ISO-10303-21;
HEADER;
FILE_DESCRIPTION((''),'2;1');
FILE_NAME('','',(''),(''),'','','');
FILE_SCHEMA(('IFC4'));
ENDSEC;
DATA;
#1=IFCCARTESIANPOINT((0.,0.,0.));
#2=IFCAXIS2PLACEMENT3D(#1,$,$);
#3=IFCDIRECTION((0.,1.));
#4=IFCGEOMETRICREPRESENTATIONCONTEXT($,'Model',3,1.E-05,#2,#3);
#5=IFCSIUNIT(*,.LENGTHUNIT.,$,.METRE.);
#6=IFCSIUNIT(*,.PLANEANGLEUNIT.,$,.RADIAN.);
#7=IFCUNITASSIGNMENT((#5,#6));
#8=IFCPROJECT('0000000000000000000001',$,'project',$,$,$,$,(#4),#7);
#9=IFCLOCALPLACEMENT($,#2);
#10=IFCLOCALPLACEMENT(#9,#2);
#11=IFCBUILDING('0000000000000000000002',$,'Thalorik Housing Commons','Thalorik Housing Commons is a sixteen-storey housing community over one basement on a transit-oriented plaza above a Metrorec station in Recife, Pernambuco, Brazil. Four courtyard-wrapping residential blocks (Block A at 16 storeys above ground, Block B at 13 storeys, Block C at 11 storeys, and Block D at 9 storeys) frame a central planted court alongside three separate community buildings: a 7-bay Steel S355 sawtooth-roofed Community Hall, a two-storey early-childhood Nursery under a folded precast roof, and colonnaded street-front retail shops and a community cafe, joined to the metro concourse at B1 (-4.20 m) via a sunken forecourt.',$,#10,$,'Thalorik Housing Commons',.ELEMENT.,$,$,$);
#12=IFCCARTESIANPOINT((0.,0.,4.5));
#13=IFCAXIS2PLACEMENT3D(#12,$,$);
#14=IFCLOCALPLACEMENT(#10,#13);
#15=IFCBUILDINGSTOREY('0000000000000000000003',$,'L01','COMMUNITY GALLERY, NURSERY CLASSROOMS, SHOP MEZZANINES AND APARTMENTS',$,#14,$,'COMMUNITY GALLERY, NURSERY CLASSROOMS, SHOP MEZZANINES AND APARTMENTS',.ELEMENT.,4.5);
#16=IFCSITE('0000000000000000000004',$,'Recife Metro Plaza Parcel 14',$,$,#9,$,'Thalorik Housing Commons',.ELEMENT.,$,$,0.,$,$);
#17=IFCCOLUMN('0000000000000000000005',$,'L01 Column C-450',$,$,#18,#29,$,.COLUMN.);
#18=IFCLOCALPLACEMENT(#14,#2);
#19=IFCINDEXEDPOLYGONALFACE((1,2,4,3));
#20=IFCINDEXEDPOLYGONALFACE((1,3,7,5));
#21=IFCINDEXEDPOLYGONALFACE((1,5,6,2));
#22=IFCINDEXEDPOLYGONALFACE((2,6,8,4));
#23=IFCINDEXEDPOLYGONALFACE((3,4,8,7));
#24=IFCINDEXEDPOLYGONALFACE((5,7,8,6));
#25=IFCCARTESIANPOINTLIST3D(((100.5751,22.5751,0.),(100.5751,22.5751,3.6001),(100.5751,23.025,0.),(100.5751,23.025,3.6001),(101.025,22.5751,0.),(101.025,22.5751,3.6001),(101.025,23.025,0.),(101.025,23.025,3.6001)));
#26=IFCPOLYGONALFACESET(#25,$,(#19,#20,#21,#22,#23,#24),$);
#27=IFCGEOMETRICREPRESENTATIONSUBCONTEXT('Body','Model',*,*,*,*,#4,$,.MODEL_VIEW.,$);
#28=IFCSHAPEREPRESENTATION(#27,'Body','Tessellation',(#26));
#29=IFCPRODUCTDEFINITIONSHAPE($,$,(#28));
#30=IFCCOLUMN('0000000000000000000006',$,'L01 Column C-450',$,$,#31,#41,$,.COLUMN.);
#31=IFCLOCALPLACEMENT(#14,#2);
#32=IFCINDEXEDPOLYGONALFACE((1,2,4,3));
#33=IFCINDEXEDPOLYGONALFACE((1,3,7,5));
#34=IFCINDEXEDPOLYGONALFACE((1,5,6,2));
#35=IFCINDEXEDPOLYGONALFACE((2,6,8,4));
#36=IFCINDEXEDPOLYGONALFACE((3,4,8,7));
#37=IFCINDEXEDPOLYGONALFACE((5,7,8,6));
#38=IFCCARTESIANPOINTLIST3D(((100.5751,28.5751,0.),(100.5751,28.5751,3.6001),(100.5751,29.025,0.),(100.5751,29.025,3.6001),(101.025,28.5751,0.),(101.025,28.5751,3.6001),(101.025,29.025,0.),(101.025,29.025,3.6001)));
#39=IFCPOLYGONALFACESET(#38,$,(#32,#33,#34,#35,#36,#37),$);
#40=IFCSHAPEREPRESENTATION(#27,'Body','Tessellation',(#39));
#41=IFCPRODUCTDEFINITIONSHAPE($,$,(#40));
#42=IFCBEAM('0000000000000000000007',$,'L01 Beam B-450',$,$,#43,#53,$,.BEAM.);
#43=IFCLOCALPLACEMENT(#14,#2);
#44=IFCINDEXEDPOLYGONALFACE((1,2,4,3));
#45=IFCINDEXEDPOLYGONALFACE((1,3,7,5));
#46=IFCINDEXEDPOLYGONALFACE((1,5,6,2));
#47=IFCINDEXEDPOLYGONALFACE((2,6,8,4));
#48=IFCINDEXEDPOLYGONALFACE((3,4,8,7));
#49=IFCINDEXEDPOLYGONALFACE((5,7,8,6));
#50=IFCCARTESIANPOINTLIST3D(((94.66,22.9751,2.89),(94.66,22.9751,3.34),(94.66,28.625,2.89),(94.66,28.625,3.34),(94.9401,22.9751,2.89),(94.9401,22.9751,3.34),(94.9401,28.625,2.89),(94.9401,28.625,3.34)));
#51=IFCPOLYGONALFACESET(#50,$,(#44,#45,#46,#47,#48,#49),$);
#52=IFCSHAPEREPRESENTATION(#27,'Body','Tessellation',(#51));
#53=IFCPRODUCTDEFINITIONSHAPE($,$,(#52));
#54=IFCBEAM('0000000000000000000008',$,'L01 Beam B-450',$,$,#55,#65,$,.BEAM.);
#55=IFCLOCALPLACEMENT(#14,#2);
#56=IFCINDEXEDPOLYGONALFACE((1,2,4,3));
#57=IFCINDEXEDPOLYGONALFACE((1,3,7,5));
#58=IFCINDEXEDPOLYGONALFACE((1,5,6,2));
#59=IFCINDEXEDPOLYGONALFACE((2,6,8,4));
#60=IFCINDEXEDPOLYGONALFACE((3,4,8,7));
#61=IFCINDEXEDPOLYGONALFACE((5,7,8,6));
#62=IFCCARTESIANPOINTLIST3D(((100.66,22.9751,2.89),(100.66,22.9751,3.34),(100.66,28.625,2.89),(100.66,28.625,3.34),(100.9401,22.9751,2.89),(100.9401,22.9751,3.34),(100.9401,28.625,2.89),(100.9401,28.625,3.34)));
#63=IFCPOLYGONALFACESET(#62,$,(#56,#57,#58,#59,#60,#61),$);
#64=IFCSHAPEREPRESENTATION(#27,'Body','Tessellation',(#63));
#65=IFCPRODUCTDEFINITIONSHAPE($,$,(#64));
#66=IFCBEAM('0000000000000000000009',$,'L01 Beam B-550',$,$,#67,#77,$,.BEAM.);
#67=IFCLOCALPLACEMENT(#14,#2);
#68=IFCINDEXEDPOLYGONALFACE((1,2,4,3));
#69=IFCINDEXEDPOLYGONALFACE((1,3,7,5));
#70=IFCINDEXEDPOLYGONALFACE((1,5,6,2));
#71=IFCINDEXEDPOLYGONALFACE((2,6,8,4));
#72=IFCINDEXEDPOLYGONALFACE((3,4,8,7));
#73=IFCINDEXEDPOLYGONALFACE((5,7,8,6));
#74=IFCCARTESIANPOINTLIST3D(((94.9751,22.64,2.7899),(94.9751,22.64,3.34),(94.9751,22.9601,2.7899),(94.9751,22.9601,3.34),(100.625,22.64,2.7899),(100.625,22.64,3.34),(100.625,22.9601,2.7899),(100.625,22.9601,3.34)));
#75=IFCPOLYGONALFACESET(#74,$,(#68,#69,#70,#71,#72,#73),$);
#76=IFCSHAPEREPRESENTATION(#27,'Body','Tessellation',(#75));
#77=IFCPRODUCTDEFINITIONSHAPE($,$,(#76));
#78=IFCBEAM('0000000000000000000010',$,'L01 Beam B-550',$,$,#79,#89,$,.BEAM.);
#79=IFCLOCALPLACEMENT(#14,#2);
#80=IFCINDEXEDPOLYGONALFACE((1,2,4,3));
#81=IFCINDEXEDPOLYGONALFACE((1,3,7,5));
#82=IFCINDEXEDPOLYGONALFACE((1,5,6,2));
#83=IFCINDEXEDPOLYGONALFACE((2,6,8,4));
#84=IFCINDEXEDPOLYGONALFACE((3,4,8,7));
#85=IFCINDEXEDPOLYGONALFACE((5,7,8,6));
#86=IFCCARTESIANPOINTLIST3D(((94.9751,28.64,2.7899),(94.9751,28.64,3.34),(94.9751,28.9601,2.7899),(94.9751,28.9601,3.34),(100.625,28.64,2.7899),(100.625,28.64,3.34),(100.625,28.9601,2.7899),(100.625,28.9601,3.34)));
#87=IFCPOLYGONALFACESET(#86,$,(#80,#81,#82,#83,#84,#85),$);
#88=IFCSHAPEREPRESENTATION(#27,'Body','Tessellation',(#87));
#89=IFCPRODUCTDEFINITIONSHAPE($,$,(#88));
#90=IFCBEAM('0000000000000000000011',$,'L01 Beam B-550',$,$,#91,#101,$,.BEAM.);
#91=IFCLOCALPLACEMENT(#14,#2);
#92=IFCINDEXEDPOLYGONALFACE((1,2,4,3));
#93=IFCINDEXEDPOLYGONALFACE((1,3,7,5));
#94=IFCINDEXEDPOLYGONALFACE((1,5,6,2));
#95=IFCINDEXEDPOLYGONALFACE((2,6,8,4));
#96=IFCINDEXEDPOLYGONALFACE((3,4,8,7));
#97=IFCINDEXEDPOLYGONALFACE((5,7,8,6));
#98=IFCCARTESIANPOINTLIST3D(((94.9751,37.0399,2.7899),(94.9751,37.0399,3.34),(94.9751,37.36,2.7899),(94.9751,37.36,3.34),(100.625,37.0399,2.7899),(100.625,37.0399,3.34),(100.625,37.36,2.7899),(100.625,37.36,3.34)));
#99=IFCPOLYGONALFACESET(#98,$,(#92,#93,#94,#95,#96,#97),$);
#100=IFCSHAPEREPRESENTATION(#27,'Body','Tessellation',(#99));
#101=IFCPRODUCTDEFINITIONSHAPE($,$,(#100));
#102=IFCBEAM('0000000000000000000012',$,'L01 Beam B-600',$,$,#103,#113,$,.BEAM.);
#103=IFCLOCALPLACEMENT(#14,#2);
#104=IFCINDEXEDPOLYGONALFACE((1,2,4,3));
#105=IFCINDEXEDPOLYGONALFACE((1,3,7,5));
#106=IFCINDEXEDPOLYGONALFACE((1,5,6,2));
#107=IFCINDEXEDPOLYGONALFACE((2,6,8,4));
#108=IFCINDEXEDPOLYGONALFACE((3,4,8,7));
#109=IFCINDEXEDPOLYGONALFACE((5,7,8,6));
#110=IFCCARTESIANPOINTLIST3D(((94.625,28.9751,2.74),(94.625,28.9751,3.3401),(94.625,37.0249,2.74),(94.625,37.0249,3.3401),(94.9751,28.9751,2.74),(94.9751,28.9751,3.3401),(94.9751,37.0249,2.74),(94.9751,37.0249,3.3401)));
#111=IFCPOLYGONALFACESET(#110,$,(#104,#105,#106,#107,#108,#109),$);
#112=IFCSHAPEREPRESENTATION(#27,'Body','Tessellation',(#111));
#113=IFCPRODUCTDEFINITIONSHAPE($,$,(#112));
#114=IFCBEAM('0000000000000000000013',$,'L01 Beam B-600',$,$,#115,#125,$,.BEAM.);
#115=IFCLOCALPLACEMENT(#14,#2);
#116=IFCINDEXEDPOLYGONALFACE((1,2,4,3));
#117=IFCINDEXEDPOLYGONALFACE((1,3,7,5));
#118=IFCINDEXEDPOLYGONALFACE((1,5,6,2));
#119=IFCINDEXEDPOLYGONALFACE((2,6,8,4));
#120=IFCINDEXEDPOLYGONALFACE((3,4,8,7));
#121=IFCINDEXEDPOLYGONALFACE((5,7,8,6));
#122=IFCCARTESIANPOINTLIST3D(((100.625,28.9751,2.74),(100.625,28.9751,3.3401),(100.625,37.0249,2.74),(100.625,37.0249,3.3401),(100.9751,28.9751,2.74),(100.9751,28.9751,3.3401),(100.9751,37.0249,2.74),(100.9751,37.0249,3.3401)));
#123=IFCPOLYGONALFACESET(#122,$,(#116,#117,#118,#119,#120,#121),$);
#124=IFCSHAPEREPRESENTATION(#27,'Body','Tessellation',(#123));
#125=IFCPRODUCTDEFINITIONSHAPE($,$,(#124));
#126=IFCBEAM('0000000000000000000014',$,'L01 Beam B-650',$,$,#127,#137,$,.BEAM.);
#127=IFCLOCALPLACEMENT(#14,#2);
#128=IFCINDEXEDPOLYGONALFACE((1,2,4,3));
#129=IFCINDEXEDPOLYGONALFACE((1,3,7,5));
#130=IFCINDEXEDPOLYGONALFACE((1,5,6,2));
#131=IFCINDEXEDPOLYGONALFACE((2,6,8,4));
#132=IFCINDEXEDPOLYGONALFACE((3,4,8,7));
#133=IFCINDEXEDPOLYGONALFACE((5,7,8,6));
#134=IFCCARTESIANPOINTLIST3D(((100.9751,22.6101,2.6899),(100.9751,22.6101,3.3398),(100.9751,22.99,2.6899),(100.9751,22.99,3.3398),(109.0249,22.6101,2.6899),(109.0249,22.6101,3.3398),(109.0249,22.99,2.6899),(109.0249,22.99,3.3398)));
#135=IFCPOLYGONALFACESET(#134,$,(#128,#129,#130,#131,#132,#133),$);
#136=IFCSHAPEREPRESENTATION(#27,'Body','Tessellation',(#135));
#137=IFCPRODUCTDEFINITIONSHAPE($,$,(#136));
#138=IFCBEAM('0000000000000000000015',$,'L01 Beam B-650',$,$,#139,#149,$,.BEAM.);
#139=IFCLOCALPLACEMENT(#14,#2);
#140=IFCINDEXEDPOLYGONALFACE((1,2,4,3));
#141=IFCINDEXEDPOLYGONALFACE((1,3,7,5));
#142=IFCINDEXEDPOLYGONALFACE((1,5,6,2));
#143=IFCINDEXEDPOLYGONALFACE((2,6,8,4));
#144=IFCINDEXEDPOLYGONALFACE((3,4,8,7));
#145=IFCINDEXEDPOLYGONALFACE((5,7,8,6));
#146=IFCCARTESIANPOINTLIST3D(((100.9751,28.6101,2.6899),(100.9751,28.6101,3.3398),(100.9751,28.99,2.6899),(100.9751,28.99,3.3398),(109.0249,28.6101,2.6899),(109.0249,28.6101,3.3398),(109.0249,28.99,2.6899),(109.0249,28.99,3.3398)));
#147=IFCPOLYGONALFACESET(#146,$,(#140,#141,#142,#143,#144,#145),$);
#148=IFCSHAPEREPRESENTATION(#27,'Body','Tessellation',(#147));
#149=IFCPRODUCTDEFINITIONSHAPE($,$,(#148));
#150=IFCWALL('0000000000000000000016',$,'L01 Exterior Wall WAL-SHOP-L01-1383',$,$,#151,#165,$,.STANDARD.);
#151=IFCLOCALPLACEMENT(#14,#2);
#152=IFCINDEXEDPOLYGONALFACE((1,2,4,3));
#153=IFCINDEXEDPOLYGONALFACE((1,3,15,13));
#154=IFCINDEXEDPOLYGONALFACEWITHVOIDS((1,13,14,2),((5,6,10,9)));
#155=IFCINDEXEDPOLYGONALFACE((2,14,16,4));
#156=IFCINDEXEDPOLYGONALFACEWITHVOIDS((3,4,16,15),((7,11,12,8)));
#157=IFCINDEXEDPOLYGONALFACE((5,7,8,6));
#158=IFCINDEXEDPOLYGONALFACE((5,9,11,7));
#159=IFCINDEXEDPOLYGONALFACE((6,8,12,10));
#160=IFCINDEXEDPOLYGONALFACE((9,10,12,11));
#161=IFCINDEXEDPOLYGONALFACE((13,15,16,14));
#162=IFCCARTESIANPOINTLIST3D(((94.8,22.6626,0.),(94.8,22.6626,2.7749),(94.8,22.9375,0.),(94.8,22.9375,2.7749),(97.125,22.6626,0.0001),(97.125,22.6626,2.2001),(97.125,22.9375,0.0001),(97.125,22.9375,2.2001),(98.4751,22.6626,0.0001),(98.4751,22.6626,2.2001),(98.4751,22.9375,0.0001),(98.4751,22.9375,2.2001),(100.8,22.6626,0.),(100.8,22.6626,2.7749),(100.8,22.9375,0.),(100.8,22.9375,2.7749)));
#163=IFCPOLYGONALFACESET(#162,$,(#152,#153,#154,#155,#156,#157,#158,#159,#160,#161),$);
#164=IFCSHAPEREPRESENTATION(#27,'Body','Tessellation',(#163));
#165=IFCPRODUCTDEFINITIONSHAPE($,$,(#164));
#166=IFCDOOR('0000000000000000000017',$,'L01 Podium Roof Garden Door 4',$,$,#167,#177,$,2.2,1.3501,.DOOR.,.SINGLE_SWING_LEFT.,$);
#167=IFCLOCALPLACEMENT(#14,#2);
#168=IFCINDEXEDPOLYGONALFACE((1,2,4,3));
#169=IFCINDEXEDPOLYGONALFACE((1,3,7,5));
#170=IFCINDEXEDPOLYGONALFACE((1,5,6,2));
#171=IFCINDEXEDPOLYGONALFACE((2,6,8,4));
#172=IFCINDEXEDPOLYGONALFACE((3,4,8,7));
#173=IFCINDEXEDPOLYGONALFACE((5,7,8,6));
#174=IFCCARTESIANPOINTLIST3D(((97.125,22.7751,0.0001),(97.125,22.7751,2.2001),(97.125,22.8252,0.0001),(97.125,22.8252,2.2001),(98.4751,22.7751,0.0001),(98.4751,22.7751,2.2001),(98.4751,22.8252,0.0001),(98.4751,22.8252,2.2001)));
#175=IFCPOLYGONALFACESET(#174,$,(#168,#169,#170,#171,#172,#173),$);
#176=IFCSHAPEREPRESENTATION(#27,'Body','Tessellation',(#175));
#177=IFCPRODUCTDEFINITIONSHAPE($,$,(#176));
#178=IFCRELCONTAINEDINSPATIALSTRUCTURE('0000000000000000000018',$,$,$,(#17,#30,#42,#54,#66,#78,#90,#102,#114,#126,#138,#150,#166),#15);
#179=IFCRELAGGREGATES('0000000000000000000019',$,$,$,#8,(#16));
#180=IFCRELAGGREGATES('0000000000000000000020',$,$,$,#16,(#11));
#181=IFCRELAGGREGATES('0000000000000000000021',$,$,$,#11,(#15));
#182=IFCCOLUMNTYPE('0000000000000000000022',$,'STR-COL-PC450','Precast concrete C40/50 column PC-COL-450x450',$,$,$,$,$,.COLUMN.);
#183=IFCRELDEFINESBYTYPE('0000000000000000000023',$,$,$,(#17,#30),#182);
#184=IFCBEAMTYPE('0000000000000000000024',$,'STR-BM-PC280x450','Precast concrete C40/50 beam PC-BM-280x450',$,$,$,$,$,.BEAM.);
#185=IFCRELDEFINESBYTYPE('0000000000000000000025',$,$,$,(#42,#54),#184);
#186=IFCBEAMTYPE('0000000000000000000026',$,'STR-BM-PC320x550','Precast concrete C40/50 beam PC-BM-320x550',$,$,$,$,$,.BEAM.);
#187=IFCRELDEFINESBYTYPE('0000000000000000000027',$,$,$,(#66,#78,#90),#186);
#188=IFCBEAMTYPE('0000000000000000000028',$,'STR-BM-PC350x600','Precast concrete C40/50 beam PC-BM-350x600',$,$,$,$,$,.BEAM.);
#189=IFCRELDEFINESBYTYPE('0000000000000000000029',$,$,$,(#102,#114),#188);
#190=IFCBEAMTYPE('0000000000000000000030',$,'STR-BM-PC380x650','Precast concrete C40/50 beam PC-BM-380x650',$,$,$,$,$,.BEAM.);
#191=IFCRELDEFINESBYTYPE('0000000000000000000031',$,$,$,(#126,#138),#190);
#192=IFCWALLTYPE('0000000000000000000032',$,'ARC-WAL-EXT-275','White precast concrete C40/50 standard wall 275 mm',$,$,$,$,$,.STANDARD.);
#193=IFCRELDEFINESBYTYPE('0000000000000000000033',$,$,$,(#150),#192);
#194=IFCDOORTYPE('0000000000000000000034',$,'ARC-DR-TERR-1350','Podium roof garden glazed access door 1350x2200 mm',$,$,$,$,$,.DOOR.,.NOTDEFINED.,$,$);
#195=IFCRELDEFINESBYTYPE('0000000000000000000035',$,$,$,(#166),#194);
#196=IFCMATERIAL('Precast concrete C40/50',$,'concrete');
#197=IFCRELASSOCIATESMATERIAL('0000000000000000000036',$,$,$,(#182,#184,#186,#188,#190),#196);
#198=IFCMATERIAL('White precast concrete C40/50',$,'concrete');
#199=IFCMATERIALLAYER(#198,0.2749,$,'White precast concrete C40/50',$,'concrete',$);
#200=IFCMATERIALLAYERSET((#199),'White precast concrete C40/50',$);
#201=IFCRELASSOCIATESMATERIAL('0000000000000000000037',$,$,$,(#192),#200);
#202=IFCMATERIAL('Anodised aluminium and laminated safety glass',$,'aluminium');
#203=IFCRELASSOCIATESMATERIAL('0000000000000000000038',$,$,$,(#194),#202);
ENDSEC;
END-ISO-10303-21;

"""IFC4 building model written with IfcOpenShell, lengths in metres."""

from ifc_helpers import new_model, si_unit, direction, frame, frame_2d, origin, origin_2d, place, context, subcontext, project, spatial, rectangle, extrude, material, layer, layer_set, material_profile, profile_set, type_object, element, fill, save


model = new_model("IFC4")

# Units and contexts
model_context = context("Model", 3, precision=1e-05, world=origin(), true_north=direction((0.0, 1.0)))
body_context = subcontext(model_context, "Body", "Model", "MODEL_VIEW")
ifc_project = project(units=[si_unit("LENGTHUNIT", "METRE"), si_unit("PLANEANGLEUNIT", "RADIAN")], contexts=[model_context])

# Site, building, storey
site_placement = place(None, origin())
site = spatial("IfcSite", under=ifc_project, at=site_placement, Name="Recife Metro Plaza Parcel 14", LongName="Thalorik Housing Commons", CompositionType="ELEMENT", RefElevation=0.0)
building_placement = place(site_placement, origin())
building = spatial("IfcBuilding", under=site, at=building_placement, Name="Thalorik Housing Commons", Description="Thalorik Housing Commons is a sixteen-storey housing community over one basement on a transit-oriented plaza above a Metrorec station in Recife, Pernambuco, Brazil. Four courtyard-wrapping residential blocks (Block A at 16 storeys above ground, Block B at 13 storeys, Block C at 11 storeys, and Block D at 9 storeys) frame a central planted court alongside three separate community buildings: a 7-bay Steel S355 sawtooth-roofed Community Hall, a two-storey early-childhood Nursery under a folded precast roof, and colonnaded street-front retail shops and a community cafe, joined to the metro concourse at B1 (-4.20 m) via a sunken forecourt.", LongName="Thalorik Housing Commons", CompositionType="ELEMENT")
storey_placement = place(building_placement, frame((0.0, 0.0, 4.5)))
storey = spatial("IfcBuildingStorey", under=building, at=storey_placement, Name="L01", Description="COMMUNITY GALLERY, NURSERY CLASSROOMS, SHOP MEZZANINES AND APARTMENTS", LongName="COMMUNITY GALLERY, NURSERY CLASSROOMS, SHOP MEZZANINES AND APARTMENTS", CompositionType="ELEMENT", Elevation=4.5)

# Columns
ifc_material_1 = material(Name="Precast concrete C40/50", Category="concrete")
ifc_material_profile_1 = material_profile(ifc_material_1, rectangle(XDim=0.45, YDim=0.45, at=origin_2d()), Name="PC 450x450", Category="concrete")
ifc_profile_set_1 = profile_set([ifc_material_profile_1], Name="Precast concrete C40/50")
column_type = type_object("IfcColumnType", Name="STR-COL-PC450", Description="Precast concrete C40/50 column PC-COL-450x450", PredefinedType="COLUMN", material=ifc_profile_set_1)
for number, where, z_axis, x_axis, name in (
    (1, (100.8, 22.8, 0.0), (0.0, 0.0, 1.0), (1.0, 0.0, 0.0), "L01 Column C-450"),
    (2, (100.8, 28.8, 0.0), (0.0, 0.0, 1.0), (1.0, 0.0, 0.0), "L01 Column C-450"),
):
    element("IfcColumn", number, at=place(storey_placement, frame(where, z_axis=z_axis, x_axis=x_axis)), inside=storey, type_object=column_type, Name=name, PredefinedType="COLUMN", context=body_context, shape_type="SweptSolid", body=[
        extrude(rectangle(XDim=0.45, YDim=0.45, at=origin_2d()), origin(), (0.0, 0.0, 1.0), 3.6001),
    ])

# Beams
ifc_material_profile_2 = material_profile(ifc_material_1, rectangle(XDim=0.28, YDim=0.45, at=origin_2d()), Name="PC 280x450", Category="concrete")
ifc_profile_set_2 = profile_set([ifc_material_profile_2], Name="Precast concrete C40/50")
beam_type_1 = type_object("IfcBeamType", Name="STR-BM-PC280x450", Description="Precast concrete C40/50 beam PC-BM-280x450", PredefinedType="BEAM", material=ifc_profile_set_2)
for number, where, z_axis, x_axis, name in (
    (3, (94.8, 22.9751, 3.115), (0.0, 1.0, 0.0), (-1.0, 0.0, 0.0), "L01 Beam B-450"),
    (4, (100.8, 22.9751, 3.115), (0.0, 1.0, 0.0), (-1.0, 0.0, 0.0), "L01 Beam B-450"),
):
    element("IfcBeam", number, at=place(storey_placement, frame(where, z_axis=z_axis, x_axis=x_axis)), inside=storey, type_object=beam_type_1, Name=name, PredefinedType="BEAM", context=body_context, shape_type="SweptSolid", body=[
        extrude(rectangle(XDim=0.28, YDim=0.45, at=origin_2d()), origin(), (0.0, 0.0, 1.0), 5.6499),
    ])
ifc_material_profile_3 = material_profile(ifc_material_1, rectangle(XDim=0.3201, YDim=0.55, at=origin_2d()), Name="PC 320x550", Category="concrete")
ifc_profile_set_3 = profile_set([ifc_material_profile_3], Name="Precast concrete C40/50")
beam_type_2 = type_object("IfcBeamType", Name="STR-BM-PC320x550", Description="Precast concrete C40/50 beam PC-BM-320x550", PredefinedType="BEAM", material=ifc_profile_set_3)
for number, where, z_axis, x_axis, name in (
    (5, (94.9751, 22.8, 3.0649), (1.0, 0.0, 0.0), (0.0, 1.0, 0.0), "L01 Beam B-550"),
    (6, (94.9751, 28.8, 3.0649), (1.0, 0.0, 0.0), (0.0, 1.0, 0.0), "L01 Beam B-550"),
    (7, (94.9751, 37.2, 3.0649), (1.0, 0.0, 0.0), (0.0, 1.0, 0.0), "L01 Beam B-550"),
):
    element("IfcBeam", number, at=place(storey_placement, frame(where, z_axis=z_axis, x_axis=x_axis)), inside=storey, type_object=beam_type_2, Name=name, PredefinedType="BEAM", context=body_context, shape_type="SweptSolid", body=[
        extrude(rectangle(XDim=0.3201, YDim=0.55, at=origin_2d()), origin(), (0.0, 0.0, 1.0), 5.6499),
    ])
ifc_material_profile_4 = material_profile(ifc_material_1, rectangle(XDim=0.3501, YDim=0.6001, at=origin_2d()), Name="PC 350x600", Category="concrete")
ifc_profile_set_4 = profile_set([ifc_material_profile_4], Name="Precast concrete C40/50")
beam_type_3 = type_object("IfcBeamType", Name="STR-BM-PC350x600", Description="Precast concrete C40/50 beam PC-BM-350x600", PredefinedType="BEAM", material=ifc_profile_set_4)
for number, where, z_axis, x_axis, name in (
    (8, (94.8, 28.9751, 3.04), (0.0, 1.0, 0.0), (-1.0, 0.0, 0.0), "L01 Beam B-600"),
    (9, (100.8, 28.9751, 3.04), (0.0, 1.0, 0.0), (-1.0, 0.0, 0.0), "L01 Beam B-600"),
):
    element("IfcBeam", number, at=place(storey_placement, frame(where, z_axis=z_axis, x_axis=x_axis)), inside=storey, type_object=beam_type_3, Name=name, PredefinedType="BEAM", context=body_context, shape_type="SweptSolid", body=[
        extrude(rectangle(XDim=0.3501, YDim=0.6001, at=origin_2d()), origin(), (0.0, 0.0, 1.0), 8.0498),
    ])
ifc_material_profile_5 = material_profile(ifc_material_1, rectangle(XDim=0.3799, YDim=0.6499, at=origin_2d()), Name="PC 380x650", Category="concrete")
ifc_profile_set_5 = profile_set([ifc_material_profile_5], Name="Precast concrete C40/50")
beam_type_4 = type_object("IfcBeamType", Name="STR-BM-PC380x650", Description="Precast concrete C40/50 beam PC-BM-380x650", PredefinedType="BEAM", material=ifc_profile_set_5)
for number, where, z_axis, x_axis, name in (
    (10, (100.9751, 22.8, 3.0149), (1.0, 0.0, 0.0), (0.0, 1.0, 0.0), "L01 Beam B-650"),
    (11, (100.9751, 28.8, 3.0149), (1.0, 0.0, 0.0), (0.0, 1.0, 0.0), "L01 Beam B-650"),
):
    element("IfcBeam", number, at=place(storey_placement, frame(where, z_axis=z_axis, x_axis=x_axis)), inside=storey, type_object=beam_type_4, Name=name, PredefinedType="BEAM", context=body_context, shape_type="SweptSolid", body=[
        extrude(rectangle(XDim=0.3799, YDim=0.6499, at=origin_2d()), origin(), (0.0, 0.0, 1.0), 8.0498),
    ])

# Wall, opening, door
ifc_material_2 = material(Name="White precast concrete C40/50", Category="concrete")
ifc_layer_1 = layer(ifc_material_2, 0.2749, Name="White precast concrete C40/50", Category="concrete")
ifc_layer_set_1 = layer_set([ifc_layer_1], Name="White precast concrete C40/50")
wall_type = type_object("IfcWallType", Name="ARC-WAL-EXT-275", Description="White precast concrete C40/50 standard wall 275 mm", PredefinedType="STANDARD", material=ifc_layer_set_1)
wall_1_placement = place(storey_placement, frame((94.8, 22.8, 0.0), z_axis=(0.0, 0.0, 1.0), x_axis=(1.0, 0.0, 0.0)))
wall_1 = element("IfcWall", 12, at=wall_1_placement, inside=storey, type_object=wall_type, Name="L01 Exterior Wall WAL-SHOP-L01-1383", PredefinedType="STANDARD", context=body_context, shape_type="SweptSolid", body=[
    extrude(rectangle(XDim=6.0, YDim=0.2749, at=frame_2d((3.0, 0.0))), origin(), (0.0, 0.0, 1.0), 2.7749),
])
opening_1_placement = place(wall_1_placement, frame((2.325, 0.0, 0.0)))
opening_1 = element("IfcOpeningElement", 13, at=opening_1_placement, cuts=wall_1, PredefinedType="OPENING", context=body_context, shape_type="SweptSolid", body=[
    extrude(rectangle(XDim=1.3501, YDim=2.2, at=frame_2d((0.675, 1.1001))), frame((0.0, 0.1475, 0.0), z_axis=(0.0, -1.0, 0.0), x_axis=(1.0, 0.0, 0.0)), (0.0, 0.0, 1.0), 0.2949),
])
ifc_material_3 = material(Name="Anodised aluminium and laminated safety glass", Category="aluminium")
door_type = type_object("IfcDoorType", Name="ARC-DR-TERR-1350", Description="Podium roof garden glazed access door 1350x2200 mm", OperationType="NOTDEFINED", PredefinedType="DOOR", material=ifc_material_3)
door_placement = place(opening_1_placement, frame((1.3501, 0.0, 0.0), z_axis=(0.0, 0.0, 1.0), x_axis=(-1.0, 0.0, 0.0)))
door = element("IfcDoor", 14, at=door_placement, inside=storey, type_object=door_type, Name="L01 Podium Roof Garden Door 4", OperationType="SINGLE_SWING_LEFT", OverallHeight=2.2, OverallWidth=1.3501, PredefinedType="DOOR", context=body_context, shape_type="SweptSolid", body=[
    extrude(rectangle(XDim=1.3501, YDim=2.2, at=frame_2d((0.675, 1.1001))), frame((0.0, 0.0249, 0.0), z_axis=(0.0, -1.0, 0.0), x_axis=(1.0, 0.0, 0.0)), (0.0, 0.0, 1.0), 0.05),
])
fill(opening_1, door)

save(model, "model.ifc")
